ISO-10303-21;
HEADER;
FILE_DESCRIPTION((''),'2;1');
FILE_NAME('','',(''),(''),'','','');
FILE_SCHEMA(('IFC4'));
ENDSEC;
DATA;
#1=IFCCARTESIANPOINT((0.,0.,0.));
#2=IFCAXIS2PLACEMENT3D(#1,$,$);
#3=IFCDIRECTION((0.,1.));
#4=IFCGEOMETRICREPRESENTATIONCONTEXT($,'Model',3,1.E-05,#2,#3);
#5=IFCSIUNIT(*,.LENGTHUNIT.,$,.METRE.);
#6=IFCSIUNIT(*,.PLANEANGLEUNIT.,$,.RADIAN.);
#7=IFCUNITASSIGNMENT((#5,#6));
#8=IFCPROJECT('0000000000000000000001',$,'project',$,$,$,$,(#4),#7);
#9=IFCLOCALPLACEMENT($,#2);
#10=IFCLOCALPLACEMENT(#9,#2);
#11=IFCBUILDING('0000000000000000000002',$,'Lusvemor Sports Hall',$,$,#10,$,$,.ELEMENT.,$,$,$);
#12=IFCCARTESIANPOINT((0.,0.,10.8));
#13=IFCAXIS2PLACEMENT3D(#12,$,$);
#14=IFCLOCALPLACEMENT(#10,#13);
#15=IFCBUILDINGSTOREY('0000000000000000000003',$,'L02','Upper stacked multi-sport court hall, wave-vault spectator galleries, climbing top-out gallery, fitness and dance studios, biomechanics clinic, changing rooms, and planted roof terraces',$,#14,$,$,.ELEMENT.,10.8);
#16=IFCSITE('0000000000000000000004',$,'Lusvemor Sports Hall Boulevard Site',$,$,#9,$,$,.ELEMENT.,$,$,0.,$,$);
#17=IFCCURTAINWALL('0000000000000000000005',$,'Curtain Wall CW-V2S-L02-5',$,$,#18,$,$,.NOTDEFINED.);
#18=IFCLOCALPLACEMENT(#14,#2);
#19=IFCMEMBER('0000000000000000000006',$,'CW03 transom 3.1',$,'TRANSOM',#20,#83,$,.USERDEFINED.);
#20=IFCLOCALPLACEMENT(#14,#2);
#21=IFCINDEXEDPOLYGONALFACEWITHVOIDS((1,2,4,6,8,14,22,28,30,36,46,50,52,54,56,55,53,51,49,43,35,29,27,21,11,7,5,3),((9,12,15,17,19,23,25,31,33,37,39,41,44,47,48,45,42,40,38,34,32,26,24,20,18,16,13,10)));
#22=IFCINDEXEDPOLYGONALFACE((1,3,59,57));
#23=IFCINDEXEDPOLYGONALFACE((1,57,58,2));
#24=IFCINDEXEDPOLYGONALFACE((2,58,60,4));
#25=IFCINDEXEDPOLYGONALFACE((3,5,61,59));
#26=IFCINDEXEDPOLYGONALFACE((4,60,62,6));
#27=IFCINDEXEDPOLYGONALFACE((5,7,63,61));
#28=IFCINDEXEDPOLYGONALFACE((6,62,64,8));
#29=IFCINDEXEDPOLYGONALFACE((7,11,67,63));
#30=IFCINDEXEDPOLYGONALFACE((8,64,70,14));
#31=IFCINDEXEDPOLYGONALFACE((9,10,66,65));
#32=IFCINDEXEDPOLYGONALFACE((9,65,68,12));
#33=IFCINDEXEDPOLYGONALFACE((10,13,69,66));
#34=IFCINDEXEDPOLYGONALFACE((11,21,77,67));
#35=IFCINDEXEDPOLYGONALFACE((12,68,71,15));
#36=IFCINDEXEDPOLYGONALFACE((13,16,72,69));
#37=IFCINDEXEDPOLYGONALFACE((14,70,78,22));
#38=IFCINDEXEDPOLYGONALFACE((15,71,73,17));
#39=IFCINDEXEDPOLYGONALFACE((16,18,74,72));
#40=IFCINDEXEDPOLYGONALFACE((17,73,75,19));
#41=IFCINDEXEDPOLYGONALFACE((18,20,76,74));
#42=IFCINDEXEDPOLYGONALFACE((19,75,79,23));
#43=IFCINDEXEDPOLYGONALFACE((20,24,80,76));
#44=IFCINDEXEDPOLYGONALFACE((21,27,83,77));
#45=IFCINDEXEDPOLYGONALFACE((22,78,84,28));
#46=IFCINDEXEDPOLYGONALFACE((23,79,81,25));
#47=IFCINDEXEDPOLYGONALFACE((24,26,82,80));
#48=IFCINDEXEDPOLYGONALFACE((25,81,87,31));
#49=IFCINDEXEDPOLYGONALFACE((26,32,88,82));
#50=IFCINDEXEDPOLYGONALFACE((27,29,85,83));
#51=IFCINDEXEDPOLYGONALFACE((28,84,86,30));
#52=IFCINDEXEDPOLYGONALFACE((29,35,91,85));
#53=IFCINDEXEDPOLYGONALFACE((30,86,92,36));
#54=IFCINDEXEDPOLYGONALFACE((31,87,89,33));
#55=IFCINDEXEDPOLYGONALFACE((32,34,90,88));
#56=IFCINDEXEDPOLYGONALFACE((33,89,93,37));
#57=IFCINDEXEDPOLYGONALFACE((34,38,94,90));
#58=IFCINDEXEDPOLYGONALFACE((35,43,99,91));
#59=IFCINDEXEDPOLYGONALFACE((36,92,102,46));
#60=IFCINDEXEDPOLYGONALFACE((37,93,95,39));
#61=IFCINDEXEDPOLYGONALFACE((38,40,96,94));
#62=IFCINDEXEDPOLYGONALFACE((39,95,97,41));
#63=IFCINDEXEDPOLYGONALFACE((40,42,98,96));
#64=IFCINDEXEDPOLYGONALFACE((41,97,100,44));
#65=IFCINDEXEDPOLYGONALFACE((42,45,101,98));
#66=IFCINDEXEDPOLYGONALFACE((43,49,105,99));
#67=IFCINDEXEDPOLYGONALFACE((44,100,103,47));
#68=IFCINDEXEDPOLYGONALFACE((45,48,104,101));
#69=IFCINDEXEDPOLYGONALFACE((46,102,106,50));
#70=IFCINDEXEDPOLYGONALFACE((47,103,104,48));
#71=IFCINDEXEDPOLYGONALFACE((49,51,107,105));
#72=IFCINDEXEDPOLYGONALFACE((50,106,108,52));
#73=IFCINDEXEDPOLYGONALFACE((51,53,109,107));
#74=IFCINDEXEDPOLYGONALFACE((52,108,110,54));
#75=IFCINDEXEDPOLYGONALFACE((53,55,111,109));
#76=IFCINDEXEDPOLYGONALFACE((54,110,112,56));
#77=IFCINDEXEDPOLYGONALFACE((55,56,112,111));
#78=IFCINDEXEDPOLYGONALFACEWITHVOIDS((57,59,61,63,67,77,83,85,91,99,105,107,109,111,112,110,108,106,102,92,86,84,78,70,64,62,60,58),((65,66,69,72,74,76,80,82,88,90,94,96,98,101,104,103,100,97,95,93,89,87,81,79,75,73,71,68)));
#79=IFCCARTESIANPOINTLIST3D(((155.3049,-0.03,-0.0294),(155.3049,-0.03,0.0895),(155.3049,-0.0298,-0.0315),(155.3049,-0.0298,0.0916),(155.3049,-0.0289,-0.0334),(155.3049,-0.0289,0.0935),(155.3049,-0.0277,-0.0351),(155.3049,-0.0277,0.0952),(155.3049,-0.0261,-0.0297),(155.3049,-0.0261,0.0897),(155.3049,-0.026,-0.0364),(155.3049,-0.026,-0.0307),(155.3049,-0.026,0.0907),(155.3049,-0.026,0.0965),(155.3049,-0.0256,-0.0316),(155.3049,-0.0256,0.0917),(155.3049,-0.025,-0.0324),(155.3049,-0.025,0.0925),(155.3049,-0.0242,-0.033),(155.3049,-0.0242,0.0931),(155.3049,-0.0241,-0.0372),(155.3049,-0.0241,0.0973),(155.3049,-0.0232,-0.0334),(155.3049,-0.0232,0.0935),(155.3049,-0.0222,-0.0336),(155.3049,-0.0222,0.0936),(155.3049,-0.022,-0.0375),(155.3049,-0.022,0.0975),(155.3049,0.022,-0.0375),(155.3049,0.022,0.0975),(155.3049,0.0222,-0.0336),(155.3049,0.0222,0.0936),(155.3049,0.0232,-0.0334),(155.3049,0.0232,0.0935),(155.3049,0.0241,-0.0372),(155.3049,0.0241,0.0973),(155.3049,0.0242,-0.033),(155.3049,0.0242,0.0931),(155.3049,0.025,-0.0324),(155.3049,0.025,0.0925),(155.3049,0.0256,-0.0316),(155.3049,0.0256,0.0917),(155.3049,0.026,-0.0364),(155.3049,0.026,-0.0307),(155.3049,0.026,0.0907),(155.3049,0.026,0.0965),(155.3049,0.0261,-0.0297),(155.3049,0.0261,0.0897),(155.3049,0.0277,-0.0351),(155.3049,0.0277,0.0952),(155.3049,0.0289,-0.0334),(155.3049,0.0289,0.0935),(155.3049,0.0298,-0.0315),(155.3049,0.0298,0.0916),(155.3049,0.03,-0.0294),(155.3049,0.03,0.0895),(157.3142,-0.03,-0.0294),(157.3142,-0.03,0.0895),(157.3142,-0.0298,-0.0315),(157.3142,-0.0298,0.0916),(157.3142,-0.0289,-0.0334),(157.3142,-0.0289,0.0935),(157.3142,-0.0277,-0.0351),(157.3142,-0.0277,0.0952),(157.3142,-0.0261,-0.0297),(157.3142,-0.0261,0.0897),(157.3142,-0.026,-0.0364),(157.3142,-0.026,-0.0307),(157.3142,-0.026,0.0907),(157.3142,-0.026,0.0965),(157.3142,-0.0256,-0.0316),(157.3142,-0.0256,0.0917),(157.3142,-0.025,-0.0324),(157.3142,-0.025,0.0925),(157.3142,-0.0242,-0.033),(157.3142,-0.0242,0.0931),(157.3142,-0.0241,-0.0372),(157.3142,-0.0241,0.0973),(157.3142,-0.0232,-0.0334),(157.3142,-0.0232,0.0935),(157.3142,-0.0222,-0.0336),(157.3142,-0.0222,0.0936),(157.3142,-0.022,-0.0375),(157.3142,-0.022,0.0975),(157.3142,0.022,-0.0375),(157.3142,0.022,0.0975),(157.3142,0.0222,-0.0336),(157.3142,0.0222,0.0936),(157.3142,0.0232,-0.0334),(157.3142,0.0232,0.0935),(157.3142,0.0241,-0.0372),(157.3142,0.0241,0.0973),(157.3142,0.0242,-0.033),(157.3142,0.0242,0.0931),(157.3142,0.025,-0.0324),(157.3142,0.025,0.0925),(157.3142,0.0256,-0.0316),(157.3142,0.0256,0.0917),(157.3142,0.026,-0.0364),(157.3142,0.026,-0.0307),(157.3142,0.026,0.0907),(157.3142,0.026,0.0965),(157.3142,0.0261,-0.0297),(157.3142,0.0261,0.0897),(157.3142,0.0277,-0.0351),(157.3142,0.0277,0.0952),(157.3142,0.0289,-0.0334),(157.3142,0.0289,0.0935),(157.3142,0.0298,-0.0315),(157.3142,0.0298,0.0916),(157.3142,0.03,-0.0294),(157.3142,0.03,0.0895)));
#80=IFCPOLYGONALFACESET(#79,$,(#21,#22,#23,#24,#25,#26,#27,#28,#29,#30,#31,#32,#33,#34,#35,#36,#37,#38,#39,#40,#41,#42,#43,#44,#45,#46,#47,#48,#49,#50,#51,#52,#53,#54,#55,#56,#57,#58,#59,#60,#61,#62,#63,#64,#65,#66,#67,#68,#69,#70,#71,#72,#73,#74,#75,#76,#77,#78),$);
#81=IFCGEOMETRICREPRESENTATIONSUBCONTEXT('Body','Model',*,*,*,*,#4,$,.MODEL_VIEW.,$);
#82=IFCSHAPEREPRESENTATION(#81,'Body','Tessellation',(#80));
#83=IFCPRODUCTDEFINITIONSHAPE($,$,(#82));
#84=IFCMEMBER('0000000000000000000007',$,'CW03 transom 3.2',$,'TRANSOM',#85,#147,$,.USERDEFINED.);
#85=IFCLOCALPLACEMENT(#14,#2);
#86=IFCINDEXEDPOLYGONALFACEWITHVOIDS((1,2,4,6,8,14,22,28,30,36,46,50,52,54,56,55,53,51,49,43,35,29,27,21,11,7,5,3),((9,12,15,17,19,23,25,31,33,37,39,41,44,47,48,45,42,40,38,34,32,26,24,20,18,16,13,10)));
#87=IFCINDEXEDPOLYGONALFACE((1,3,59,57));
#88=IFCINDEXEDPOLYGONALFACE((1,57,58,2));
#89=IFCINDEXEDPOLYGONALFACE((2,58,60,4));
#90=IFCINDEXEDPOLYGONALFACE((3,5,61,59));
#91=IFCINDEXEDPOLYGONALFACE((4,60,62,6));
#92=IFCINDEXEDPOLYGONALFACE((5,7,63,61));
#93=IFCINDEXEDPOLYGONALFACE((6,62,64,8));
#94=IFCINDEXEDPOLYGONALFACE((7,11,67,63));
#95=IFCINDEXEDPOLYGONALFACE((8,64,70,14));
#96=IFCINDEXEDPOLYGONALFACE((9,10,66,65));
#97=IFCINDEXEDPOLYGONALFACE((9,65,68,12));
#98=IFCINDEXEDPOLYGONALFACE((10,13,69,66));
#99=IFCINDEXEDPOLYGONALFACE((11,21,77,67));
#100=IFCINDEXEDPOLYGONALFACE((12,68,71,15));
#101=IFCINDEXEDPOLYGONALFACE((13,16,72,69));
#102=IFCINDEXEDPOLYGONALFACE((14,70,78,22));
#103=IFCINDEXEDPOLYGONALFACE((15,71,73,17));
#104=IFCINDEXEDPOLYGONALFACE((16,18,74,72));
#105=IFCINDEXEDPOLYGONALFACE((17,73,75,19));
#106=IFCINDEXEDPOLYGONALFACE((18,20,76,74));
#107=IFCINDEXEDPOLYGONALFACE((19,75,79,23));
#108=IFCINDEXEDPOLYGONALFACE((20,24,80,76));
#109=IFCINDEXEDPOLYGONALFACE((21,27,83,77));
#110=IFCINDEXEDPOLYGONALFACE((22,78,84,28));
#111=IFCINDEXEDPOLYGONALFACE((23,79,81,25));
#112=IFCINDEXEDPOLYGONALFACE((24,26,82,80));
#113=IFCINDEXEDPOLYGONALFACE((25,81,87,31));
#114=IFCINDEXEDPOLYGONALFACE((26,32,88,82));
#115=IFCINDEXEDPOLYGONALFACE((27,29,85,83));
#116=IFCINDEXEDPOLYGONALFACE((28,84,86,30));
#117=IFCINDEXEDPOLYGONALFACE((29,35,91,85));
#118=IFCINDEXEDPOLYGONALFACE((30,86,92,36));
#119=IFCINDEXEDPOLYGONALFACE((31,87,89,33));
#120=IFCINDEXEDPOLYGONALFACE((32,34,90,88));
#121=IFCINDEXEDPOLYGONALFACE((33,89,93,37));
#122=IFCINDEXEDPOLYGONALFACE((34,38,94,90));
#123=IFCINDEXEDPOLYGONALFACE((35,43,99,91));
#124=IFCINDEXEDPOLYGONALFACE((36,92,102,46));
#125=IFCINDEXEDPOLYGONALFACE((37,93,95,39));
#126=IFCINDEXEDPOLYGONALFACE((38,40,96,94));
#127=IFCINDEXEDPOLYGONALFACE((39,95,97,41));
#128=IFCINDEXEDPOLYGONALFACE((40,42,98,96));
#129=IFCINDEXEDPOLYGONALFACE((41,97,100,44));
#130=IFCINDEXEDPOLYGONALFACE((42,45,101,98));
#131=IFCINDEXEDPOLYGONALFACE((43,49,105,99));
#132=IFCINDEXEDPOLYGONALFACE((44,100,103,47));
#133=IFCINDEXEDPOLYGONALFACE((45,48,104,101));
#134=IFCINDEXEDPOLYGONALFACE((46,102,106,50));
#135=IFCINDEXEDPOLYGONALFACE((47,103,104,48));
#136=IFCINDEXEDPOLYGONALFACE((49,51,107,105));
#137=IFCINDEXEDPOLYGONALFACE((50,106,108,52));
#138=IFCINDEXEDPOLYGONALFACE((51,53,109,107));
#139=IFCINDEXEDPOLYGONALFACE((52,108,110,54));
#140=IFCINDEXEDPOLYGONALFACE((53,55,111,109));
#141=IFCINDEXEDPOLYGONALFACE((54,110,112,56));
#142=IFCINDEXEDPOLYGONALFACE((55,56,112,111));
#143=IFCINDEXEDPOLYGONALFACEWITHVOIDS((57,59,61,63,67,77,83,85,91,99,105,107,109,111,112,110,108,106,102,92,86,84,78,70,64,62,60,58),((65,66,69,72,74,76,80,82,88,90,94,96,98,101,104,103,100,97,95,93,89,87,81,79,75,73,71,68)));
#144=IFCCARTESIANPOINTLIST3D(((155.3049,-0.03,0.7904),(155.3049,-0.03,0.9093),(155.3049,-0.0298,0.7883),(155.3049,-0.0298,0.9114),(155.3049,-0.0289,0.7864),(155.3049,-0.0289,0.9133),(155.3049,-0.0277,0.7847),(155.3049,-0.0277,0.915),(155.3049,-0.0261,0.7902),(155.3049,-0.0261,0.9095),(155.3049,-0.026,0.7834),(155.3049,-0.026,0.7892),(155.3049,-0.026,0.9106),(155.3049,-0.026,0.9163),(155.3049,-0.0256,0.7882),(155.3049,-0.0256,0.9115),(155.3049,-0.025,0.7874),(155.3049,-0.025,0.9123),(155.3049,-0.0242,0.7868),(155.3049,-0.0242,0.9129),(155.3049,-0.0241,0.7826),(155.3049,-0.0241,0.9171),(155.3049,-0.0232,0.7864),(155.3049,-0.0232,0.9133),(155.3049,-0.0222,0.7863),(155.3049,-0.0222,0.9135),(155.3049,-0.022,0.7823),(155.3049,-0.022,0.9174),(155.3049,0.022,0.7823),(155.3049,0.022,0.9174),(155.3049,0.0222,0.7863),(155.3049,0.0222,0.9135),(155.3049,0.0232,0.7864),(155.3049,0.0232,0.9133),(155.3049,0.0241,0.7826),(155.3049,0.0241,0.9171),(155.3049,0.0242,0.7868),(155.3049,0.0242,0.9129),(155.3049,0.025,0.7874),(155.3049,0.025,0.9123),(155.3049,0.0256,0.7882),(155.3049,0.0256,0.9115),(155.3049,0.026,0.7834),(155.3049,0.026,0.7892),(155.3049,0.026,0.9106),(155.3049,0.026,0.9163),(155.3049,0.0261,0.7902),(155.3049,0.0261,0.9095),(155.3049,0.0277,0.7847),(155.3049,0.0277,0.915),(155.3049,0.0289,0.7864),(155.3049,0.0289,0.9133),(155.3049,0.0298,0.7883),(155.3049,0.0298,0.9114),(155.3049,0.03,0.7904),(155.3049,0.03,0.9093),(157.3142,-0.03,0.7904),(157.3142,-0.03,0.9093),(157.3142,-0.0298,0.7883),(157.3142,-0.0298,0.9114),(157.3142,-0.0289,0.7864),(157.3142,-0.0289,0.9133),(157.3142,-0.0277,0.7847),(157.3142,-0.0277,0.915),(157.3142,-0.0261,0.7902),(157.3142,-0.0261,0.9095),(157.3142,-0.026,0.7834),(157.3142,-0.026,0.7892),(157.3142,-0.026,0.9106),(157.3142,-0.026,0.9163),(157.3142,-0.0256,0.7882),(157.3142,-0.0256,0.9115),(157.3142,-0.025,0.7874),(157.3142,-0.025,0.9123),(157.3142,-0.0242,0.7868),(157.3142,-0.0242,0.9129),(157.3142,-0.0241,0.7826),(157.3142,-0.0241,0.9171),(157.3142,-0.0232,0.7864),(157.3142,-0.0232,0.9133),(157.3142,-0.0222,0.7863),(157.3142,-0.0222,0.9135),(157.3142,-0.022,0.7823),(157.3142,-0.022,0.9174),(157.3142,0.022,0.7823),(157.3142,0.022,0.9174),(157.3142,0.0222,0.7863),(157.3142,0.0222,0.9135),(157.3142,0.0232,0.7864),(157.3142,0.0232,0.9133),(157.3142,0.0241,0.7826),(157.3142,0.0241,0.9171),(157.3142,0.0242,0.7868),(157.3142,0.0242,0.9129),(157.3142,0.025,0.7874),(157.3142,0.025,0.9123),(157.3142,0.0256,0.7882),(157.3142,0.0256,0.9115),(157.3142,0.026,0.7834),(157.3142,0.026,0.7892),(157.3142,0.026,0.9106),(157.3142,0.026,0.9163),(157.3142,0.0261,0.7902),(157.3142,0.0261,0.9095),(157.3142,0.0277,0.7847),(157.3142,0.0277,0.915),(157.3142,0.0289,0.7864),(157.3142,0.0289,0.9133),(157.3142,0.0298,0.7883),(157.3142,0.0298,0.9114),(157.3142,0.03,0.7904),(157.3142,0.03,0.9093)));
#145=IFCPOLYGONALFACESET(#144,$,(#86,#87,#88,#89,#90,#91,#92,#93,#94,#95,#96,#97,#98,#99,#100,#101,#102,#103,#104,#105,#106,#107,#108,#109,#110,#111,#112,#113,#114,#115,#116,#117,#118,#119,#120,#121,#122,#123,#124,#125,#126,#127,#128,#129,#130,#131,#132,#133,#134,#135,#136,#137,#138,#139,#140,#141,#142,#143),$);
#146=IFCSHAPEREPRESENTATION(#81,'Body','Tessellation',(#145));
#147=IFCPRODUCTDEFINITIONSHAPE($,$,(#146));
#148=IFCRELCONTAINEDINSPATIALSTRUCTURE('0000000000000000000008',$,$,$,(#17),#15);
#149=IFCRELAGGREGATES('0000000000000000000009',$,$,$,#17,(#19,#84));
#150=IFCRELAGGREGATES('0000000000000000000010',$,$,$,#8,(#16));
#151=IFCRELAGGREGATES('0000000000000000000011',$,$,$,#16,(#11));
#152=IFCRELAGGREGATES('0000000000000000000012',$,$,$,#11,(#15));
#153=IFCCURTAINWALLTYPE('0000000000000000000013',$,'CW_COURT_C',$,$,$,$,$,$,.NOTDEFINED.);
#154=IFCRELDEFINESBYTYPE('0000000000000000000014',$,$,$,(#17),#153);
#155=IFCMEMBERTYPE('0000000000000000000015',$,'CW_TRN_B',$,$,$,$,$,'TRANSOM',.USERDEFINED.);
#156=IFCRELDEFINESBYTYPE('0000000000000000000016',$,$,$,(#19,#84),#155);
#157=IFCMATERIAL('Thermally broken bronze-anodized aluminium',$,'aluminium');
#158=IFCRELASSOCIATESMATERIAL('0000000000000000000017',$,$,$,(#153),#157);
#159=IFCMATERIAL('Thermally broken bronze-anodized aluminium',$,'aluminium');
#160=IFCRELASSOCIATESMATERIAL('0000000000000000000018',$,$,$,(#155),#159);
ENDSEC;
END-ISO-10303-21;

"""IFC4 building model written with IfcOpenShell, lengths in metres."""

from ifc_helpers import new_model, si_unit, direction, frame, origin, origin_2d, place, context, subcontext, project, spatial, hollow_rectangle, extrude, material, material_profile, profile_set, type_object, element, aggregate, save


model = new_model("IFC4")

# Units and contexts
model_context = context("Model", 3, precision=1e-05, world=origin(), true_north=direction((0.0, 1.0)))
body_context = subcontext(model_context, "Body", "Model", "MODEL_VIEW")
ifc_project = project(units=[si_unit("LENGTHUNIT", "METRE"), si_unit("PLANEANGLEUNIT", "RADIAN")], contexts=[model_context])

# Site, building, storey
site_placement = place(None, origin())
site = spatial("IfcSite", under=ifc_project, at=site_placement, Name="Lusvemor Sports Hall Boulevard Site", CompositionType="ELEMENT", RefElevation=0.0)
building_placement = place(site_placement, origin())
building = spatial("IfcBuilding", under=site, at=building_placement, Name="Lusvemor Sports Hall", CompositionType="ELEMENT")
storey_placement = place(building_placement, frame((0.0, 0.0, 10.8)))
storey = spatial("IfcBuildingStorey", under=building, at=storey_placement, Name="L02", Description="Upper stacked multi-sport court hall, wave-vault spectator galleries, climbing top-out gallery, fitness and dance studios, biomechanics clinic, changing rooms, and planted roof terraces", CompositionType="ELEMENT", Elevation=10.8)

# Shared definitions
ifc_material_1 = material(Name="Thermally broken bronze-anodized aluminium", Category="aluminium")
curtain_wall_type = type_object("IfcCurtainWallType", Name="CW_COURT_C", PredefinedType="NOTDEFINED", material=ifc_material_1)

# Curtain wall
curtain_wall_1_placement = place(storey_placement, origin())
curtain_wall_1 = element("IfcCurtainWall", 1, at=curtain_wall_1_placement, inside=storey, type_object=curtain_wall_type, Name="Curtain Wall CW-V2S-L02-5", PredefinedType="NOTDEFINED")

# Members
ifc_material_2 = material(Name="Thermally broken bronze-anodized aluminium", Category="aluminium")
ifc_material_profile_1 = material_profile(ifc_material_2, hollow_rectangle(XDim=0.0601, YDim=0.135, WallThickness=0.0039, InnerFilletRadius=0.0039, OuterFilletRadius=0.0081, at=origin_2d()), Name="CWTRN135x60x4")
ifc_profile_set_1 = profile_set([ifc_material_profile_1], Name="Thermally broken bronze-anodized aluminium")
member_type_1 = type_object("IfcMemberType", Name="CW_TRN_B", ElementType="TRANSOM", PredefinedType="USERDEFINED", material=ifc_profile_set_1)
member_1_placement = place(storey_placement, frame((157.3142, 0.0, 0.03), z_axis=(-1.0, 0.0, 0.0), x_axis=(0.0, -1.0, 0.0)))
member_1 = element("IfcMember", 2, at=member_1_placement, type_object=member_type_1, Name="CW03 transom 3.1", ObjectType="TRANSOM", PredefinedType="USERDEFINED", context=body_context, shape_type="SweptSolid", body=[
    extrude(hollow_rectangle(XDim=0.0601, YDim=0.135, WallThickness=0.0039, InnerFilletRadius=0.0039, OuterFilletRadius=0.0081, at=origin_2d()), origin(), (0.0, 0.0, 1.0), 2.0093),
])
member_2_placement = place(storey_placement, frame((157.3142, 0.0, 0.8499), z_axis=(-1.0, 0.0, 0.0), x_axis=(0.0, -1.0, 0.0)))
member_2 = element("IfcMember", 3, at=member_2_placement, type_object=member_type_1, Name="CW03 transom 3.2", ObjectType="TRANSOM", PredefinedType="USERDEFINED", context=body_context, shape_type="SweptSolid", body=[
    extrude(hollow_rectangle(XDim=0.0601, YDim=0.135, WallThickness=0.0039, InnerFilletRadius=0.0039, OuterFilletRadius=0.0081, at=origin_2d()), origin(), (0.0, 0.0, 1.0), 2.0093),
])

aggregate(curtain_wall_1, [member_1, member_2])

save(model, "model.ifc")
